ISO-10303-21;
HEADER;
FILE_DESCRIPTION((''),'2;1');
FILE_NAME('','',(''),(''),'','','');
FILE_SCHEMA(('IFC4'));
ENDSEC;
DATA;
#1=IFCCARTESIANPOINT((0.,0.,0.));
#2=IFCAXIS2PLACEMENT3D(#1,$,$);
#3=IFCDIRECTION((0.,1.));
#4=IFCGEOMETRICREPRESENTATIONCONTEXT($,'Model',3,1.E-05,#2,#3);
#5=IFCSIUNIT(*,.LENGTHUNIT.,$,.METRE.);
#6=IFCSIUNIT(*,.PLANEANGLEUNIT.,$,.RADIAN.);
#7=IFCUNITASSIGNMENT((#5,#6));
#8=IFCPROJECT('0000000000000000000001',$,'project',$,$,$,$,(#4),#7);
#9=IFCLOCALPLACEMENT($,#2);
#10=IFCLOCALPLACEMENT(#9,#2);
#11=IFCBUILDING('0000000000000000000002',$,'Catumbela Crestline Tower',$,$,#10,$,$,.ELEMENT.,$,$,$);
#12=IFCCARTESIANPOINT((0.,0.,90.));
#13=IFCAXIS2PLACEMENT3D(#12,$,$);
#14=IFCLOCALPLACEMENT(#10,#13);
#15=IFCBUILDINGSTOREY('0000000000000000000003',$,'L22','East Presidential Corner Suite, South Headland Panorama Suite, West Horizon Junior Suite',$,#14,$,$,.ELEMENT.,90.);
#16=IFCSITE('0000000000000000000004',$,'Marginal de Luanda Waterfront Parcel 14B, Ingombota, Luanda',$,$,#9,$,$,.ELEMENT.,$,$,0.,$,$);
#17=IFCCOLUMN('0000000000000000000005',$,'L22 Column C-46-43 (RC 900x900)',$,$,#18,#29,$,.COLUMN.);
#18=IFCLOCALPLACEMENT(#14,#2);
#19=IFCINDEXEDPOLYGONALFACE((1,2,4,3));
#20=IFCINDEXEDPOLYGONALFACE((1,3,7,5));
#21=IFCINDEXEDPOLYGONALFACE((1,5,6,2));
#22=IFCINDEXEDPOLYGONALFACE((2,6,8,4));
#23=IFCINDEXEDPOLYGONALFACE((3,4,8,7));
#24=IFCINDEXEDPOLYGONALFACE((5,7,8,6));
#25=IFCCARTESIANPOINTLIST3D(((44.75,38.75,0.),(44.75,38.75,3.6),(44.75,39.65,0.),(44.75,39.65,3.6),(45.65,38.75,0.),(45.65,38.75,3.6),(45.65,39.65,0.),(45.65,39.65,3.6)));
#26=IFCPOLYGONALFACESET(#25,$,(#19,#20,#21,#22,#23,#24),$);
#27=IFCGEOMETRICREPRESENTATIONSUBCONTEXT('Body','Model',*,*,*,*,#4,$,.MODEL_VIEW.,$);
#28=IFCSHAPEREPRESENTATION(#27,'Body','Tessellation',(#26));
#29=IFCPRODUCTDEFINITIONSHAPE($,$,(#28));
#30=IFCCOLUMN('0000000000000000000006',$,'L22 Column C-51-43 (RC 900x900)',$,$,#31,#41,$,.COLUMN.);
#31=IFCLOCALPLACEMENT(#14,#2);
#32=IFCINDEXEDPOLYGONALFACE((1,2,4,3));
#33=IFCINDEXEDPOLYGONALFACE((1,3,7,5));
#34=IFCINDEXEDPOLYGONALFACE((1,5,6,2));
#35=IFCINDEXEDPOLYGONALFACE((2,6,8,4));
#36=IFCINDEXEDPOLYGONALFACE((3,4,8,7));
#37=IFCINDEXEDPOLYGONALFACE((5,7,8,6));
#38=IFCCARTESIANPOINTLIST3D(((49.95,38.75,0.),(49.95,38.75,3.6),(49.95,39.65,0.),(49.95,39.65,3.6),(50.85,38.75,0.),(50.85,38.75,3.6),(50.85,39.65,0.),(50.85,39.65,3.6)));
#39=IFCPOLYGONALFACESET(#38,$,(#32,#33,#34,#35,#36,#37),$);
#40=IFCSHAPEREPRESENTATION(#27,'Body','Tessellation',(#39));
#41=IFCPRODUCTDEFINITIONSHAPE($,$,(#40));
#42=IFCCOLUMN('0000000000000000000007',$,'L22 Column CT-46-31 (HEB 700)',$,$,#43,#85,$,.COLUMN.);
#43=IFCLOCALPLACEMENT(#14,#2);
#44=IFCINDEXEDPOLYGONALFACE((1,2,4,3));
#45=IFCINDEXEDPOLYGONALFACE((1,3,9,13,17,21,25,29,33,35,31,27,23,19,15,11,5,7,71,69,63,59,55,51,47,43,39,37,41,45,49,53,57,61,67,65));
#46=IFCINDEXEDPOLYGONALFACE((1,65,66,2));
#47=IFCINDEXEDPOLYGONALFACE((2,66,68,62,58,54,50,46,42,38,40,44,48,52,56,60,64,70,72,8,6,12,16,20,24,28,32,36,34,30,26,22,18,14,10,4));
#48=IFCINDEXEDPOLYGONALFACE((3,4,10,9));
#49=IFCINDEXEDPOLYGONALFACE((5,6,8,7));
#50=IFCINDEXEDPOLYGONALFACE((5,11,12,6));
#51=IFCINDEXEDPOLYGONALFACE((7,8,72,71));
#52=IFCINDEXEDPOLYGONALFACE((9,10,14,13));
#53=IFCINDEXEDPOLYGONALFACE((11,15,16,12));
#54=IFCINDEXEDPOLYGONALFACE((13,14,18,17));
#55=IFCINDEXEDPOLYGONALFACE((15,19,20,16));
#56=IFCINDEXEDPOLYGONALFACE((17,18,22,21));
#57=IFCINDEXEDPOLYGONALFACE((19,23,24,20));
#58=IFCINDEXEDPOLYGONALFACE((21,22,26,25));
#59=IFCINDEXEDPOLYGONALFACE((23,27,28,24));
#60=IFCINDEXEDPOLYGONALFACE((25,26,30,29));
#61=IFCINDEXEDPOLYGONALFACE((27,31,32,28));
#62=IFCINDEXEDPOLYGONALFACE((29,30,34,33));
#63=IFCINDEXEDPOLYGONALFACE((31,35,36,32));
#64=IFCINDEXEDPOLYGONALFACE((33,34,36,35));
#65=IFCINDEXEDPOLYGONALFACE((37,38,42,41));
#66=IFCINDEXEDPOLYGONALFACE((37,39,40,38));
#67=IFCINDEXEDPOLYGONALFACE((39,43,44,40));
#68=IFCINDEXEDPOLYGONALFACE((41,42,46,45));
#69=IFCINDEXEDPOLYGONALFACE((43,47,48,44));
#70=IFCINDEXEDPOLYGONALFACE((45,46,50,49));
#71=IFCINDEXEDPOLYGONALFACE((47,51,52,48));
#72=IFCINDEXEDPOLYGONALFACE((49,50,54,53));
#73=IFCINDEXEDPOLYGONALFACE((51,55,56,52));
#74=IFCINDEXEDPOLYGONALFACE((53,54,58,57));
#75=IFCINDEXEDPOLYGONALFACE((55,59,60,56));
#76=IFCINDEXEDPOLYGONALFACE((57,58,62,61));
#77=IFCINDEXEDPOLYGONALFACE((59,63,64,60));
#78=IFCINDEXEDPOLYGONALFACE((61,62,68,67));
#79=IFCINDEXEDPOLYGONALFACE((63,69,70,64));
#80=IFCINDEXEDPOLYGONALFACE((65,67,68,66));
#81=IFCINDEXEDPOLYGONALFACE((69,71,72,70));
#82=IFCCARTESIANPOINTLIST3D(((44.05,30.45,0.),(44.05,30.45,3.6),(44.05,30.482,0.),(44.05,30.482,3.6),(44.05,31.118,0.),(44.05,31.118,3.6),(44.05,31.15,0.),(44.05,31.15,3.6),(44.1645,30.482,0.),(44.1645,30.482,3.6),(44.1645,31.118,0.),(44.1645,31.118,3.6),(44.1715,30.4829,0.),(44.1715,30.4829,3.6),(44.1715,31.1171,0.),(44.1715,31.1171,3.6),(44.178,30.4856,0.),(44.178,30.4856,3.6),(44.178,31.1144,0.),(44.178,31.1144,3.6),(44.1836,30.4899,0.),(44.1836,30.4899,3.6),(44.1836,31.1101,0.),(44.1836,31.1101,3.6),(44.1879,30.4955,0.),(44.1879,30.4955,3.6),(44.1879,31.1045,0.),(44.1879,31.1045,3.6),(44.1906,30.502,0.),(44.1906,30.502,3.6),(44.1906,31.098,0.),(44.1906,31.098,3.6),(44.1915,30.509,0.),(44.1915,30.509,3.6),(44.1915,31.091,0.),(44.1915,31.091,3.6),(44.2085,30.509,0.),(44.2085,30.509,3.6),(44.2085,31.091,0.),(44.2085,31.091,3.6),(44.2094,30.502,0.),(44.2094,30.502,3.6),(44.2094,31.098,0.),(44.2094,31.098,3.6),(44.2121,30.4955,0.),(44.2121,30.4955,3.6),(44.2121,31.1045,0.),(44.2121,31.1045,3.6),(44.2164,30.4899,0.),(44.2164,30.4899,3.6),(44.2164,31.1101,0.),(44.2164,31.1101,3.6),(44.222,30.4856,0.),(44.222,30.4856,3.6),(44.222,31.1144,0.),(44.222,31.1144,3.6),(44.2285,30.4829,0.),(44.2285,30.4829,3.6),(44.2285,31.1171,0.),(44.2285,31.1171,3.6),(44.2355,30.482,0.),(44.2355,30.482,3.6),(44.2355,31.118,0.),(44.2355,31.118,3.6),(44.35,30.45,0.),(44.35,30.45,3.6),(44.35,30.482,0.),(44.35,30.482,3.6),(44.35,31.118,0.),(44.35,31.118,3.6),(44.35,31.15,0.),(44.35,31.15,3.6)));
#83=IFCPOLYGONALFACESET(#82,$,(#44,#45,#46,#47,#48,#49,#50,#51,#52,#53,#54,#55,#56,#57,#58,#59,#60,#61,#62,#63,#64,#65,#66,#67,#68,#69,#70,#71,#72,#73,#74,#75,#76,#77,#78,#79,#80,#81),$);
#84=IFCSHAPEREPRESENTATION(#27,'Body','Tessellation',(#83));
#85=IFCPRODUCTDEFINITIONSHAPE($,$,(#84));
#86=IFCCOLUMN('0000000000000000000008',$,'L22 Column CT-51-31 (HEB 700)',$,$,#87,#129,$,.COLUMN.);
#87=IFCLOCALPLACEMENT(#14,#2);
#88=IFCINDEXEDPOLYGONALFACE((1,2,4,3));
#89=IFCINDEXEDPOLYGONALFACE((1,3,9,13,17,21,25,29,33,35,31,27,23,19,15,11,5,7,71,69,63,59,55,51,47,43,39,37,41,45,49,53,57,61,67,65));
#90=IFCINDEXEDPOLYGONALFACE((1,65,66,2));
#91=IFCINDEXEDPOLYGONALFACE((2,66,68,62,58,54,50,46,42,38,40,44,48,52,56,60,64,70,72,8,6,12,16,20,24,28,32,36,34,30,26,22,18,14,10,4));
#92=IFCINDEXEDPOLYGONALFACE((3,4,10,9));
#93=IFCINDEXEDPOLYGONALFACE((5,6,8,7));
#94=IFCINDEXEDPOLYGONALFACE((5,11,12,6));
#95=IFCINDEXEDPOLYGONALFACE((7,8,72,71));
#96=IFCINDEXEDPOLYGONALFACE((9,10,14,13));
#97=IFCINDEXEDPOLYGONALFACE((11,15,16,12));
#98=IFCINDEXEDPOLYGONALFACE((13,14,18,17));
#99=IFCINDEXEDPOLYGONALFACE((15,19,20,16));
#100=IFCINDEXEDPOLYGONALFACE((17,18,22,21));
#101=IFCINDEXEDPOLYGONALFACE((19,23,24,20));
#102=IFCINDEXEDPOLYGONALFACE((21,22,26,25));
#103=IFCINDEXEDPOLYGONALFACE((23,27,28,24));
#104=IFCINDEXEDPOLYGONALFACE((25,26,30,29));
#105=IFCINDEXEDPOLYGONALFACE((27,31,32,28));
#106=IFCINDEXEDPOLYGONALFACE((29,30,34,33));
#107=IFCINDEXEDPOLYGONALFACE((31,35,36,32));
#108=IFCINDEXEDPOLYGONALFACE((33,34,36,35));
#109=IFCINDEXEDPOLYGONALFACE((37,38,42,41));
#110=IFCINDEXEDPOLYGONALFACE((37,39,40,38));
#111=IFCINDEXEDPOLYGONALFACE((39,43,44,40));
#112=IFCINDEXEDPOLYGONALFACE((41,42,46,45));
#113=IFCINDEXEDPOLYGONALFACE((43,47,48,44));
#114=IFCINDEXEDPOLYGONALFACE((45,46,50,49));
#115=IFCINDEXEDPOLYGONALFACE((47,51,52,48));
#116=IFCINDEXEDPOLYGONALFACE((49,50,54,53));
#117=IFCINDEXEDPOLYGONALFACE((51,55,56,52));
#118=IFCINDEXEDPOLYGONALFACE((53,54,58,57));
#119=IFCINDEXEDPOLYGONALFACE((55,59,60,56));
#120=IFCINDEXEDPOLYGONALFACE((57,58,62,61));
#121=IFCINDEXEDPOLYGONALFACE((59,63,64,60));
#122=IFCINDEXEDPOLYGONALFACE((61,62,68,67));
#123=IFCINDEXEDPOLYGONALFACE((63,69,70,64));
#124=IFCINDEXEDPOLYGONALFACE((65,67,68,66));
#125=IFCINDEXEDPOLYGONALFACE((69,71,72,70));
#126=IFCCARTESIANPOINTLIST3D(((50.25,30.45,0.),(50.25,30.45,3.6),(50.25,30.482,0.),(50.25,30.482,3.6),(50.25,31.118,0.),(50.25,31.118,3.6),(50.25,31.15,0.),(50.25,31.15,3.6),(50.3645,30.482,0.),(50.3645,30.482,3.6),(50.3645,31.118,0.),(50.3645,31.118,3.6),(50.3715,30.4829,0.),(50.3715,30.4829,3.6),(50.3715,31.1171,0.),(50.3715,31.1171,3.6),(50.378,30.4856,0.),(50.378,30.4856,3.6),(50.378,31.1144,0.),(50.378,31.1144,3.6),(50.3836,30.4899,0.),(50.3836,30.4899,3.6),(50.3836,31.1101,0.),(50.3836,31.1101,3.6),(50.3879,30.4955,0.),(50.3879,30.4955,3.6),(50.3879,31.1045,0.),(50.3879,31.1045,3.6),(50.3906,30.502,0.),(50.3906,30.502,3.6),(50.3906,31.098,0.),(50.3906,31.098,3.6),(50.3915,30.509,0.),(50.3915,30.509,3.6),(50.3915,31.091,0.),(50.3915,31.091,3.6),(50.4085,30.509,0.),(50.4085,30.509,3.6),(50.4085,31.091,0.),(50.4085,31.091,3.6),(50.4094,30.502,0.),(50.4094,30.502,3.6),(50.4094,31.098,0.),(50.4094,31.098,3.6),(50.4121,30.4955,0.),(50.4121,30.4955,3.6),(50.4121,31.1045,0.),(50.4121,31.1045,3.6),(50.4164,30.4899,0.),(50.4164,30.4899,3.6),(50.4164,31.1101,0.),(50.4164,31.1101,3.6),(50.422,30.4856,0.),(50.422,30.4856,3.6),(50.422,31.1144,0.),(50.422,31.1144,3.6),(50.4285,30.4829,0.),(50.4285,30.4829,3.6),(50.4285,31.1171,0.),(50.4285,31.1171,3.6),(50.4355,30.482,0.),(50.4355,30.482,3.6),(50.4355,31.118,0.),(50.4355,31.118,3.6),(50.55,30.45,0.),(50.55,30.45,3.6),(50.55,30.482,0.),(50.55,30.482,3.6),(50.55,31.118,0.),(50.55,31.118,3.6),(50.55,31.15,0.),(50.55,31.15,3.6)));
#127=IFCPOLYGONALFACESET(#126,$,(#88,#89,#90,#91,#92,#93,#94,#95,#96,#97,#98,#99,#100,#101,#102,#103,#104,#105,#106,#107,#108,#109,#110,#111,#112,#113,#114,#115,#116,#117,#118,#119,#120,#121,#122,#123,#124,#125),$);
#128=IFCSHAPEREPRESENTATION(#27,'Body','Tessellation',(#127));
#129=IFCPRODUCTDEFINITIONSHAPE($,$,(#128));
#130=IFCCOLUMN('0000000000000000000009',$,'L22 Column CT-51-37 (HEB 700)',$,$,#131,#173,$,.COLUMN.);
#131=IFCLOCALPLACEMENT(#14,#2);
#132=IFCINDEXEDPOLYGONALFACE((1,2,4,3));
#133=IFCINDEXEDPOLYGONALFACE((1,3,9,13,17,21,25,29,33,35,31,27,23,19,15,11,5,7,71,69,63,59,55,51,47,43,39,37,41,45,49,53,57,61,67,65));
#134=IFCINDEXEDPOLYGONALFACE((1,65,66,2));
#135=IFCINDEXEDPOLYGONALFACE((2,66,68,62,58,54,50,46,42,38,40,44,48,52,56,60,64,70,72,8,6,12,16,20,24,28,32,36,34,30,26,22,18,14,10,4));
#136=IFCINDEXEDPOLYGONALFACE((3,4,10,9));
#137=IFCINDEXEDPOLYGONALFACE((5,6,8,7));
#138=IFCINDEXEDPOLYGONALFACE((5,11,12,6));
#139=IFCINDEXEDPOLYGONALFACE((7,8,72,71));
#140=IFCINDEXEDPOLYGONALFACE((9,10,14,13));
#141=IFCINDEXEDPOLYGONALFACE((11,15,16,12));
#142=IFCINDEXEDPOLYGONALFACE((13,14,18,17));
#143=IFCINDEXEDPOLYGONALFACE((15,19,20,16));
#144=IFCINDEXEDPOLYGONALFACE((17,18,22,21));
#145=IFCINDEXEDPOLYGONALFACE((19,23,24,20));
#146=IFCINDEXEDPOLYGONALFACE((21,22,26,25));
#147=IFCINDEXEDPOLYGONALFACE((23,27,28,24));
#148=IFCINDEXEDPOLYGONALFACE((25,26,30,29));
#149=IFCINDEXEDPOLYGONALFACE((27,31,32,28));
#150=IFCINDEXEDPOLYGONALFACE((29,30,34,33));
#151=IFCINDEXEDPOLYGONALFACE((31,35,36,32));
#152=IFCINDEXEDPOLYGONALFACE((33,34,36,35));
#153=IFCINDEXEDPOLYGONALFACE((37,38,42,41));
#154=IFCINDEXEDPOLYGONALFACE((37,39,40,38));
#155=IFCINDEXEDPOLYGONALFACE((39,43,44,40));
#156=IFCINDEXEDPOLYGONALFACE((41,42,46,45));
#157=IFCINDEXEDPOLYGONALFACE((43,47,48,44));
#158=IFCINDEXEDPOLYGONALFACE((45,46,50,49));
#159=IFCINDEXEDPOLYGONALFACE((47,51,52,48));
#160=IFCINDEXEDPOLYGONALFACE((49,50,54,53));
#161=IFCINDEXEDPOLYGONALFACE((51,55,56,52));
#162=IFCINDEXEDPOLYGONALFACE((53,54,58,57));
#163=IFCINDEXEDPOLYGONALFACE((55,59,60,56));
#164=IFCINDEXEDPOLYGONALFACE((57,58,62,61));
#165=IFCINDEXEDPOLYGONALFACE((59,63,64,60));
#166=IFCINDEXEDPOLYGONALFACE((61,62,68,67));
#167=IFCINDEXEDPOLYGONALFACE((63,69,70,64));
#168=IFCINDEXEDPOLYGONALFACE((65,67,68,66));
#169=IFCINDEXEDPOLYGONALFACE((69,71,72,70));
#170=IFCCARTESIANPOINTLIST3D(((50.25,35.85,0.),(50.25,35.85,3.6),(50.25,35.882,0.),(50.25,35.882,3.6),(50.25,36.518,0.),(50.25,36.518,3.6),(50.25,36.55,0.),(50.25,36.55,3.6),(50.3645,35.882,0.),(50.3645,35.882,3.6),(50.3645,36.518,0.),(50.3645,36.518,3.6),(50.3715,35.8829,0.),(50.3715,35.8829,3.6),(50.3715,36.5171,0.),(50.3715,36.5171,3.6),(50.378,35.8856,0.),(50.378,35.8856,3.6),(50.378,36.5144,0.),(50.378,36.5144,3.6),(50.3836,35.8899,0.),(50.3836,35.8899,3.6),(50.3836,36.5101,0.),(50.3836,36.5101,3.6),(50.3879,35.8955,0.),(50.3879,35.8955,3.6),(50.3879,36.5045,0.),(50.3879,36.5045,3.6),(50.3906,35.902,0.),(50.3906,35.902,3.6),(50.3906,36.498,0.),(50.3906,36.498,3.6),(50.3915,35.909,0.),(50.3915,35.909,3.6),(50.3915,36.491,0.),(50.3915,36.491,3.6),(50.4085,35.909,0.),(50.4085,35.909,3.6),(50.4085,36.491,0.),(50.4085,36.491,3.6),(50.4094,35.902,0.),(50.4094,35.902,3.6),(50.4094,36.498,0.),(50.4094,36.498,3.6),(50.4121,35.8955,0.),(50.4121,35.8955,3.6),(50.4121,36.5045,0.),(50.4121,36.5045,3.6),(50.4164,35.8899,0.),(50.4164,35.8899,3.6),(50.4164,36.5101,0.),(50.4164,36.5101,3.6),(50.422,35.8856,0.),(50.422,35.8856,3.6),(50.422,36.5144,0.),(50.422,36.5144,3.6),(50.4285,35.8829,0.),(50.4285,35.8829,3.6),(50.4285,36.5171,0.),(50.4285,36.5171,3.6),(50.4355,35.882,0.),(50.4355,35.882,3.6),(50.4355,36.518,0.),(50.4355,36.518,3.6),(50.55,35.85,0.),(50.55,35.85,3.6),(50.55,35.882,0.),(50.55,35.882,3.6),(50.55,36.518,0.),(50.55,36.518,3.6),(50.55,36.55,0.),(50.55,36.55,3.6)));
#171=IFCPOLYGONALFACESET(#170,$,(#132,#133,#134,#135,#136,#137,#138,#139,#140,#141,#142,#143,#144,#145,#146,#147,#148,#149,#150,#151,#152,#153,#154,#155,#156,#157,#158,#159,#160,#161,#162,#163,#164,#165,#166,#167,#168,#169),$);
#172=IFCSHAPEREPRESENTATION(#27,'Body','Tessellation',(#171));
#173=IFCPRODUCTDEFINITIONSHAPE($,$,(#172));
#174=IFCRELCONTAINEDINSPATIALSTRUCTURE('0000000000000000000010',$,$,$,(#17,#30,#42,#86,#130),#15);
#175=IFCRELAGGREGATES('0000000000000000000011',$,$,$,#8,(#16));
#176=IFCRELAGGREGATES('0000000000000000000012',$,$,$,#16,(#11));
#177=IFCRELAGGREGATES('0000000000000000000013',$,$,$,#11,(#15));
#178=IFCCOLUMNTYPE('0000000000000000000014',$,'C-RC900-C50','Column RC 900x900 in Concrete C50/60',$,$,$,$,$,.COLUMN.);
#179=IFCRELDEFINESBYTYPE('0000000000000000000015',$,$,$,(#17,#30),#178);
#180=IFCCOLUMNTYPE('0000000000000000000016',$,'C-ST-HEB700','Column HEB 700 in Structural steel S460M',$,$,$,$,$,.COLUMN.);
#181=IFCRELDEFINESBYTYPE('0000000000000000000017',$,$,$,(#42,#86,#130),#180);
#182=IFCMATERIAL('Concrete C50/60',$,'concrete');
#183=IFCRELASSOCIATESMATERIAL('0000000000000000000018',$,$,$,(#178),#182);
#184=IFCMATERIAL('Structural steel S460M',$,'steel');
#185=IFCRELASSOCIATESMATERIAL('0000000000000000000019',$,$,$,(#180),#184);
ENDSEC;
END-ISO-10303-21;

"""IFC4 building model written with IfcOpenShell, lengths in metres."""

from ifc_helpers import new_model, si_unit, direction, frame, origin, origin_2d, place, context, subcontext, project, spatial, rectangle, i_section, extrude, material, material_profile, profile_set, type_object, element, save


model = new_model("IFC4")

# Units and contexts
model_context = context("Model", 3, precision=1e-05, world=origin(), true_north=direction((0.0, 1.0)))
body_context = subcontext(model_context, "Body", "Model", "MODEL_VIEW")
ifc_project = project(units=[si_unit("LENGTHUNIT", "METRE"), si_unit("PLANEANGLEUNIT", "RADIAN")], contexts=[model_context])

# Site, building, storey
site_placement = place(None, origin())
site = spatial("IfcSite", under=ifc_project, at=site_placement, Name="Marginal de Luanda Waterfront Parcel 14B, Ingombota, Luanda", CompositionType="ELEMENT", RefElevation=0.0)
building_placement = place(site_placement, origin())
building = spatial("IfcBuilding", under=site, at=building_placement, Name="Catumbela Crestline Tower", CompositionType="ELEMENT")
storey_placement = place(building_placement, frame((0.0, 0.0, 90.0)))
storey = spatial("IfcBuildingStorey", under=building, at=storey_placement, Name="L22", Description="East Presidential Corner Suite, South Headland Panorama Suite, West Horizon Junior Suite", CompositionType="ELEMENT", Elevation=90.0)

# Columns
ifc_material_1 = material(Name="Concrete C50/60", Category="concrete")
ifc_material_profile_1 = material_profile(ifc_material_1, rectangle(XDim=0.9, YDim=0.9, at=origin_2d()), Name="RC 900x900")
ifc_profile_set_1 = profile_set([ifc_material_profile_1], Name="Concrete C50/60")
column_type_1 = type_object("IfcColumnType", Name="C-RC900-C50", Description="Column RC 900x900 in Concrete C50/60", PredefinedType="COLUMN", material=ifc_profile_set_1)
for number, where, z_axis, x_axis, name in (
    (1, (45.2, 39.2, 0.0), (0.0, 0.0, 1.0), (1.0, 0.0, 0.0), "L22 Column C-46-43 (RC 900x900)"),
    (2, (50.4, 39.2, 0.0), (0.0, 0.0, 1.0), (1.0, 0.0, 0.0), "L22 Column C-51-43 (RC 900x900)"),
):
    element("IfcColumn", number, at=place(storey_placement, frame(where, z_axis=z_axis, x_axis=x_axis)), inside=storey, type_object=column_type_1, Name=name, PredefinedType="COLUMN", context=body_context, shape_type="SweptSolid", body=[
        extrude(rectangle(XDim=0.9, YDim=0.9, at=origin_2d()), origin(), (0.0, 0.0, 1.0), 3.6),
    ])
ifc_material_2 = material(Name="Structural steel S460M", Category="steel")
ifc_material_profile_2 = material_profile(ifc_material_2, i_section(OverallWidth=0.3, OverallDepth=0.7, WebThickness=0.017, FlangeThickness=0.032, FilletRadius=0.027, at=origin_2d()), Name="HEB 700")
ifc_profile_set_2 = profile_set([ifc_material_profile_2], Name="Structural steel S460M")
column_type_2 = type_object("IfcColumnType", Name="C-ST-HEB700", Description="Column HEB 700 in Structural steel S460M", PredefinedType="COLUMN", material=ifc_profile_set_2)
for number, where, z_axis, x_axis, name in (
    (3, (44.2, 30.8, 0.0), (0.0, 0.0, 1.0), (1.0, 0.0, 0.0), "L22 Column CT-46-31 (HEB 700)"),
    (4, (50.4, 30.8, 0.0), (0.0, 0.0, 1.0), (1.0, 0.0, 0.0), "L22 Column CT-51-31 (HEB 700)"),
    (5, (50.4, 36.2, 0.0), (0.0, 0.0, 1.0), (1.0, 0.0, 0.0), "L22 Column CT-51-37 (HEB 700)"),
):
    element("IfcColumn", number, at=place(storey_placement, frame(where, z_axis=z_axis, x_axis=x_axis)), inside=storey, type_object=column_type_2, Name=name, PredefinedType="COLUMN", context=body_context, shape_type="SweptSolid", body=[
        extrude(i_section(OverallWidth=0.3, OverallDepth=0.7, WebThickness=0.017, FlangeThickness=0.032, FilletRadius=0.027, at=origin_2d()), origin(), (0.0, 0.0, 1.0), 3.6),
    ])

save(model, "model.ifc")
